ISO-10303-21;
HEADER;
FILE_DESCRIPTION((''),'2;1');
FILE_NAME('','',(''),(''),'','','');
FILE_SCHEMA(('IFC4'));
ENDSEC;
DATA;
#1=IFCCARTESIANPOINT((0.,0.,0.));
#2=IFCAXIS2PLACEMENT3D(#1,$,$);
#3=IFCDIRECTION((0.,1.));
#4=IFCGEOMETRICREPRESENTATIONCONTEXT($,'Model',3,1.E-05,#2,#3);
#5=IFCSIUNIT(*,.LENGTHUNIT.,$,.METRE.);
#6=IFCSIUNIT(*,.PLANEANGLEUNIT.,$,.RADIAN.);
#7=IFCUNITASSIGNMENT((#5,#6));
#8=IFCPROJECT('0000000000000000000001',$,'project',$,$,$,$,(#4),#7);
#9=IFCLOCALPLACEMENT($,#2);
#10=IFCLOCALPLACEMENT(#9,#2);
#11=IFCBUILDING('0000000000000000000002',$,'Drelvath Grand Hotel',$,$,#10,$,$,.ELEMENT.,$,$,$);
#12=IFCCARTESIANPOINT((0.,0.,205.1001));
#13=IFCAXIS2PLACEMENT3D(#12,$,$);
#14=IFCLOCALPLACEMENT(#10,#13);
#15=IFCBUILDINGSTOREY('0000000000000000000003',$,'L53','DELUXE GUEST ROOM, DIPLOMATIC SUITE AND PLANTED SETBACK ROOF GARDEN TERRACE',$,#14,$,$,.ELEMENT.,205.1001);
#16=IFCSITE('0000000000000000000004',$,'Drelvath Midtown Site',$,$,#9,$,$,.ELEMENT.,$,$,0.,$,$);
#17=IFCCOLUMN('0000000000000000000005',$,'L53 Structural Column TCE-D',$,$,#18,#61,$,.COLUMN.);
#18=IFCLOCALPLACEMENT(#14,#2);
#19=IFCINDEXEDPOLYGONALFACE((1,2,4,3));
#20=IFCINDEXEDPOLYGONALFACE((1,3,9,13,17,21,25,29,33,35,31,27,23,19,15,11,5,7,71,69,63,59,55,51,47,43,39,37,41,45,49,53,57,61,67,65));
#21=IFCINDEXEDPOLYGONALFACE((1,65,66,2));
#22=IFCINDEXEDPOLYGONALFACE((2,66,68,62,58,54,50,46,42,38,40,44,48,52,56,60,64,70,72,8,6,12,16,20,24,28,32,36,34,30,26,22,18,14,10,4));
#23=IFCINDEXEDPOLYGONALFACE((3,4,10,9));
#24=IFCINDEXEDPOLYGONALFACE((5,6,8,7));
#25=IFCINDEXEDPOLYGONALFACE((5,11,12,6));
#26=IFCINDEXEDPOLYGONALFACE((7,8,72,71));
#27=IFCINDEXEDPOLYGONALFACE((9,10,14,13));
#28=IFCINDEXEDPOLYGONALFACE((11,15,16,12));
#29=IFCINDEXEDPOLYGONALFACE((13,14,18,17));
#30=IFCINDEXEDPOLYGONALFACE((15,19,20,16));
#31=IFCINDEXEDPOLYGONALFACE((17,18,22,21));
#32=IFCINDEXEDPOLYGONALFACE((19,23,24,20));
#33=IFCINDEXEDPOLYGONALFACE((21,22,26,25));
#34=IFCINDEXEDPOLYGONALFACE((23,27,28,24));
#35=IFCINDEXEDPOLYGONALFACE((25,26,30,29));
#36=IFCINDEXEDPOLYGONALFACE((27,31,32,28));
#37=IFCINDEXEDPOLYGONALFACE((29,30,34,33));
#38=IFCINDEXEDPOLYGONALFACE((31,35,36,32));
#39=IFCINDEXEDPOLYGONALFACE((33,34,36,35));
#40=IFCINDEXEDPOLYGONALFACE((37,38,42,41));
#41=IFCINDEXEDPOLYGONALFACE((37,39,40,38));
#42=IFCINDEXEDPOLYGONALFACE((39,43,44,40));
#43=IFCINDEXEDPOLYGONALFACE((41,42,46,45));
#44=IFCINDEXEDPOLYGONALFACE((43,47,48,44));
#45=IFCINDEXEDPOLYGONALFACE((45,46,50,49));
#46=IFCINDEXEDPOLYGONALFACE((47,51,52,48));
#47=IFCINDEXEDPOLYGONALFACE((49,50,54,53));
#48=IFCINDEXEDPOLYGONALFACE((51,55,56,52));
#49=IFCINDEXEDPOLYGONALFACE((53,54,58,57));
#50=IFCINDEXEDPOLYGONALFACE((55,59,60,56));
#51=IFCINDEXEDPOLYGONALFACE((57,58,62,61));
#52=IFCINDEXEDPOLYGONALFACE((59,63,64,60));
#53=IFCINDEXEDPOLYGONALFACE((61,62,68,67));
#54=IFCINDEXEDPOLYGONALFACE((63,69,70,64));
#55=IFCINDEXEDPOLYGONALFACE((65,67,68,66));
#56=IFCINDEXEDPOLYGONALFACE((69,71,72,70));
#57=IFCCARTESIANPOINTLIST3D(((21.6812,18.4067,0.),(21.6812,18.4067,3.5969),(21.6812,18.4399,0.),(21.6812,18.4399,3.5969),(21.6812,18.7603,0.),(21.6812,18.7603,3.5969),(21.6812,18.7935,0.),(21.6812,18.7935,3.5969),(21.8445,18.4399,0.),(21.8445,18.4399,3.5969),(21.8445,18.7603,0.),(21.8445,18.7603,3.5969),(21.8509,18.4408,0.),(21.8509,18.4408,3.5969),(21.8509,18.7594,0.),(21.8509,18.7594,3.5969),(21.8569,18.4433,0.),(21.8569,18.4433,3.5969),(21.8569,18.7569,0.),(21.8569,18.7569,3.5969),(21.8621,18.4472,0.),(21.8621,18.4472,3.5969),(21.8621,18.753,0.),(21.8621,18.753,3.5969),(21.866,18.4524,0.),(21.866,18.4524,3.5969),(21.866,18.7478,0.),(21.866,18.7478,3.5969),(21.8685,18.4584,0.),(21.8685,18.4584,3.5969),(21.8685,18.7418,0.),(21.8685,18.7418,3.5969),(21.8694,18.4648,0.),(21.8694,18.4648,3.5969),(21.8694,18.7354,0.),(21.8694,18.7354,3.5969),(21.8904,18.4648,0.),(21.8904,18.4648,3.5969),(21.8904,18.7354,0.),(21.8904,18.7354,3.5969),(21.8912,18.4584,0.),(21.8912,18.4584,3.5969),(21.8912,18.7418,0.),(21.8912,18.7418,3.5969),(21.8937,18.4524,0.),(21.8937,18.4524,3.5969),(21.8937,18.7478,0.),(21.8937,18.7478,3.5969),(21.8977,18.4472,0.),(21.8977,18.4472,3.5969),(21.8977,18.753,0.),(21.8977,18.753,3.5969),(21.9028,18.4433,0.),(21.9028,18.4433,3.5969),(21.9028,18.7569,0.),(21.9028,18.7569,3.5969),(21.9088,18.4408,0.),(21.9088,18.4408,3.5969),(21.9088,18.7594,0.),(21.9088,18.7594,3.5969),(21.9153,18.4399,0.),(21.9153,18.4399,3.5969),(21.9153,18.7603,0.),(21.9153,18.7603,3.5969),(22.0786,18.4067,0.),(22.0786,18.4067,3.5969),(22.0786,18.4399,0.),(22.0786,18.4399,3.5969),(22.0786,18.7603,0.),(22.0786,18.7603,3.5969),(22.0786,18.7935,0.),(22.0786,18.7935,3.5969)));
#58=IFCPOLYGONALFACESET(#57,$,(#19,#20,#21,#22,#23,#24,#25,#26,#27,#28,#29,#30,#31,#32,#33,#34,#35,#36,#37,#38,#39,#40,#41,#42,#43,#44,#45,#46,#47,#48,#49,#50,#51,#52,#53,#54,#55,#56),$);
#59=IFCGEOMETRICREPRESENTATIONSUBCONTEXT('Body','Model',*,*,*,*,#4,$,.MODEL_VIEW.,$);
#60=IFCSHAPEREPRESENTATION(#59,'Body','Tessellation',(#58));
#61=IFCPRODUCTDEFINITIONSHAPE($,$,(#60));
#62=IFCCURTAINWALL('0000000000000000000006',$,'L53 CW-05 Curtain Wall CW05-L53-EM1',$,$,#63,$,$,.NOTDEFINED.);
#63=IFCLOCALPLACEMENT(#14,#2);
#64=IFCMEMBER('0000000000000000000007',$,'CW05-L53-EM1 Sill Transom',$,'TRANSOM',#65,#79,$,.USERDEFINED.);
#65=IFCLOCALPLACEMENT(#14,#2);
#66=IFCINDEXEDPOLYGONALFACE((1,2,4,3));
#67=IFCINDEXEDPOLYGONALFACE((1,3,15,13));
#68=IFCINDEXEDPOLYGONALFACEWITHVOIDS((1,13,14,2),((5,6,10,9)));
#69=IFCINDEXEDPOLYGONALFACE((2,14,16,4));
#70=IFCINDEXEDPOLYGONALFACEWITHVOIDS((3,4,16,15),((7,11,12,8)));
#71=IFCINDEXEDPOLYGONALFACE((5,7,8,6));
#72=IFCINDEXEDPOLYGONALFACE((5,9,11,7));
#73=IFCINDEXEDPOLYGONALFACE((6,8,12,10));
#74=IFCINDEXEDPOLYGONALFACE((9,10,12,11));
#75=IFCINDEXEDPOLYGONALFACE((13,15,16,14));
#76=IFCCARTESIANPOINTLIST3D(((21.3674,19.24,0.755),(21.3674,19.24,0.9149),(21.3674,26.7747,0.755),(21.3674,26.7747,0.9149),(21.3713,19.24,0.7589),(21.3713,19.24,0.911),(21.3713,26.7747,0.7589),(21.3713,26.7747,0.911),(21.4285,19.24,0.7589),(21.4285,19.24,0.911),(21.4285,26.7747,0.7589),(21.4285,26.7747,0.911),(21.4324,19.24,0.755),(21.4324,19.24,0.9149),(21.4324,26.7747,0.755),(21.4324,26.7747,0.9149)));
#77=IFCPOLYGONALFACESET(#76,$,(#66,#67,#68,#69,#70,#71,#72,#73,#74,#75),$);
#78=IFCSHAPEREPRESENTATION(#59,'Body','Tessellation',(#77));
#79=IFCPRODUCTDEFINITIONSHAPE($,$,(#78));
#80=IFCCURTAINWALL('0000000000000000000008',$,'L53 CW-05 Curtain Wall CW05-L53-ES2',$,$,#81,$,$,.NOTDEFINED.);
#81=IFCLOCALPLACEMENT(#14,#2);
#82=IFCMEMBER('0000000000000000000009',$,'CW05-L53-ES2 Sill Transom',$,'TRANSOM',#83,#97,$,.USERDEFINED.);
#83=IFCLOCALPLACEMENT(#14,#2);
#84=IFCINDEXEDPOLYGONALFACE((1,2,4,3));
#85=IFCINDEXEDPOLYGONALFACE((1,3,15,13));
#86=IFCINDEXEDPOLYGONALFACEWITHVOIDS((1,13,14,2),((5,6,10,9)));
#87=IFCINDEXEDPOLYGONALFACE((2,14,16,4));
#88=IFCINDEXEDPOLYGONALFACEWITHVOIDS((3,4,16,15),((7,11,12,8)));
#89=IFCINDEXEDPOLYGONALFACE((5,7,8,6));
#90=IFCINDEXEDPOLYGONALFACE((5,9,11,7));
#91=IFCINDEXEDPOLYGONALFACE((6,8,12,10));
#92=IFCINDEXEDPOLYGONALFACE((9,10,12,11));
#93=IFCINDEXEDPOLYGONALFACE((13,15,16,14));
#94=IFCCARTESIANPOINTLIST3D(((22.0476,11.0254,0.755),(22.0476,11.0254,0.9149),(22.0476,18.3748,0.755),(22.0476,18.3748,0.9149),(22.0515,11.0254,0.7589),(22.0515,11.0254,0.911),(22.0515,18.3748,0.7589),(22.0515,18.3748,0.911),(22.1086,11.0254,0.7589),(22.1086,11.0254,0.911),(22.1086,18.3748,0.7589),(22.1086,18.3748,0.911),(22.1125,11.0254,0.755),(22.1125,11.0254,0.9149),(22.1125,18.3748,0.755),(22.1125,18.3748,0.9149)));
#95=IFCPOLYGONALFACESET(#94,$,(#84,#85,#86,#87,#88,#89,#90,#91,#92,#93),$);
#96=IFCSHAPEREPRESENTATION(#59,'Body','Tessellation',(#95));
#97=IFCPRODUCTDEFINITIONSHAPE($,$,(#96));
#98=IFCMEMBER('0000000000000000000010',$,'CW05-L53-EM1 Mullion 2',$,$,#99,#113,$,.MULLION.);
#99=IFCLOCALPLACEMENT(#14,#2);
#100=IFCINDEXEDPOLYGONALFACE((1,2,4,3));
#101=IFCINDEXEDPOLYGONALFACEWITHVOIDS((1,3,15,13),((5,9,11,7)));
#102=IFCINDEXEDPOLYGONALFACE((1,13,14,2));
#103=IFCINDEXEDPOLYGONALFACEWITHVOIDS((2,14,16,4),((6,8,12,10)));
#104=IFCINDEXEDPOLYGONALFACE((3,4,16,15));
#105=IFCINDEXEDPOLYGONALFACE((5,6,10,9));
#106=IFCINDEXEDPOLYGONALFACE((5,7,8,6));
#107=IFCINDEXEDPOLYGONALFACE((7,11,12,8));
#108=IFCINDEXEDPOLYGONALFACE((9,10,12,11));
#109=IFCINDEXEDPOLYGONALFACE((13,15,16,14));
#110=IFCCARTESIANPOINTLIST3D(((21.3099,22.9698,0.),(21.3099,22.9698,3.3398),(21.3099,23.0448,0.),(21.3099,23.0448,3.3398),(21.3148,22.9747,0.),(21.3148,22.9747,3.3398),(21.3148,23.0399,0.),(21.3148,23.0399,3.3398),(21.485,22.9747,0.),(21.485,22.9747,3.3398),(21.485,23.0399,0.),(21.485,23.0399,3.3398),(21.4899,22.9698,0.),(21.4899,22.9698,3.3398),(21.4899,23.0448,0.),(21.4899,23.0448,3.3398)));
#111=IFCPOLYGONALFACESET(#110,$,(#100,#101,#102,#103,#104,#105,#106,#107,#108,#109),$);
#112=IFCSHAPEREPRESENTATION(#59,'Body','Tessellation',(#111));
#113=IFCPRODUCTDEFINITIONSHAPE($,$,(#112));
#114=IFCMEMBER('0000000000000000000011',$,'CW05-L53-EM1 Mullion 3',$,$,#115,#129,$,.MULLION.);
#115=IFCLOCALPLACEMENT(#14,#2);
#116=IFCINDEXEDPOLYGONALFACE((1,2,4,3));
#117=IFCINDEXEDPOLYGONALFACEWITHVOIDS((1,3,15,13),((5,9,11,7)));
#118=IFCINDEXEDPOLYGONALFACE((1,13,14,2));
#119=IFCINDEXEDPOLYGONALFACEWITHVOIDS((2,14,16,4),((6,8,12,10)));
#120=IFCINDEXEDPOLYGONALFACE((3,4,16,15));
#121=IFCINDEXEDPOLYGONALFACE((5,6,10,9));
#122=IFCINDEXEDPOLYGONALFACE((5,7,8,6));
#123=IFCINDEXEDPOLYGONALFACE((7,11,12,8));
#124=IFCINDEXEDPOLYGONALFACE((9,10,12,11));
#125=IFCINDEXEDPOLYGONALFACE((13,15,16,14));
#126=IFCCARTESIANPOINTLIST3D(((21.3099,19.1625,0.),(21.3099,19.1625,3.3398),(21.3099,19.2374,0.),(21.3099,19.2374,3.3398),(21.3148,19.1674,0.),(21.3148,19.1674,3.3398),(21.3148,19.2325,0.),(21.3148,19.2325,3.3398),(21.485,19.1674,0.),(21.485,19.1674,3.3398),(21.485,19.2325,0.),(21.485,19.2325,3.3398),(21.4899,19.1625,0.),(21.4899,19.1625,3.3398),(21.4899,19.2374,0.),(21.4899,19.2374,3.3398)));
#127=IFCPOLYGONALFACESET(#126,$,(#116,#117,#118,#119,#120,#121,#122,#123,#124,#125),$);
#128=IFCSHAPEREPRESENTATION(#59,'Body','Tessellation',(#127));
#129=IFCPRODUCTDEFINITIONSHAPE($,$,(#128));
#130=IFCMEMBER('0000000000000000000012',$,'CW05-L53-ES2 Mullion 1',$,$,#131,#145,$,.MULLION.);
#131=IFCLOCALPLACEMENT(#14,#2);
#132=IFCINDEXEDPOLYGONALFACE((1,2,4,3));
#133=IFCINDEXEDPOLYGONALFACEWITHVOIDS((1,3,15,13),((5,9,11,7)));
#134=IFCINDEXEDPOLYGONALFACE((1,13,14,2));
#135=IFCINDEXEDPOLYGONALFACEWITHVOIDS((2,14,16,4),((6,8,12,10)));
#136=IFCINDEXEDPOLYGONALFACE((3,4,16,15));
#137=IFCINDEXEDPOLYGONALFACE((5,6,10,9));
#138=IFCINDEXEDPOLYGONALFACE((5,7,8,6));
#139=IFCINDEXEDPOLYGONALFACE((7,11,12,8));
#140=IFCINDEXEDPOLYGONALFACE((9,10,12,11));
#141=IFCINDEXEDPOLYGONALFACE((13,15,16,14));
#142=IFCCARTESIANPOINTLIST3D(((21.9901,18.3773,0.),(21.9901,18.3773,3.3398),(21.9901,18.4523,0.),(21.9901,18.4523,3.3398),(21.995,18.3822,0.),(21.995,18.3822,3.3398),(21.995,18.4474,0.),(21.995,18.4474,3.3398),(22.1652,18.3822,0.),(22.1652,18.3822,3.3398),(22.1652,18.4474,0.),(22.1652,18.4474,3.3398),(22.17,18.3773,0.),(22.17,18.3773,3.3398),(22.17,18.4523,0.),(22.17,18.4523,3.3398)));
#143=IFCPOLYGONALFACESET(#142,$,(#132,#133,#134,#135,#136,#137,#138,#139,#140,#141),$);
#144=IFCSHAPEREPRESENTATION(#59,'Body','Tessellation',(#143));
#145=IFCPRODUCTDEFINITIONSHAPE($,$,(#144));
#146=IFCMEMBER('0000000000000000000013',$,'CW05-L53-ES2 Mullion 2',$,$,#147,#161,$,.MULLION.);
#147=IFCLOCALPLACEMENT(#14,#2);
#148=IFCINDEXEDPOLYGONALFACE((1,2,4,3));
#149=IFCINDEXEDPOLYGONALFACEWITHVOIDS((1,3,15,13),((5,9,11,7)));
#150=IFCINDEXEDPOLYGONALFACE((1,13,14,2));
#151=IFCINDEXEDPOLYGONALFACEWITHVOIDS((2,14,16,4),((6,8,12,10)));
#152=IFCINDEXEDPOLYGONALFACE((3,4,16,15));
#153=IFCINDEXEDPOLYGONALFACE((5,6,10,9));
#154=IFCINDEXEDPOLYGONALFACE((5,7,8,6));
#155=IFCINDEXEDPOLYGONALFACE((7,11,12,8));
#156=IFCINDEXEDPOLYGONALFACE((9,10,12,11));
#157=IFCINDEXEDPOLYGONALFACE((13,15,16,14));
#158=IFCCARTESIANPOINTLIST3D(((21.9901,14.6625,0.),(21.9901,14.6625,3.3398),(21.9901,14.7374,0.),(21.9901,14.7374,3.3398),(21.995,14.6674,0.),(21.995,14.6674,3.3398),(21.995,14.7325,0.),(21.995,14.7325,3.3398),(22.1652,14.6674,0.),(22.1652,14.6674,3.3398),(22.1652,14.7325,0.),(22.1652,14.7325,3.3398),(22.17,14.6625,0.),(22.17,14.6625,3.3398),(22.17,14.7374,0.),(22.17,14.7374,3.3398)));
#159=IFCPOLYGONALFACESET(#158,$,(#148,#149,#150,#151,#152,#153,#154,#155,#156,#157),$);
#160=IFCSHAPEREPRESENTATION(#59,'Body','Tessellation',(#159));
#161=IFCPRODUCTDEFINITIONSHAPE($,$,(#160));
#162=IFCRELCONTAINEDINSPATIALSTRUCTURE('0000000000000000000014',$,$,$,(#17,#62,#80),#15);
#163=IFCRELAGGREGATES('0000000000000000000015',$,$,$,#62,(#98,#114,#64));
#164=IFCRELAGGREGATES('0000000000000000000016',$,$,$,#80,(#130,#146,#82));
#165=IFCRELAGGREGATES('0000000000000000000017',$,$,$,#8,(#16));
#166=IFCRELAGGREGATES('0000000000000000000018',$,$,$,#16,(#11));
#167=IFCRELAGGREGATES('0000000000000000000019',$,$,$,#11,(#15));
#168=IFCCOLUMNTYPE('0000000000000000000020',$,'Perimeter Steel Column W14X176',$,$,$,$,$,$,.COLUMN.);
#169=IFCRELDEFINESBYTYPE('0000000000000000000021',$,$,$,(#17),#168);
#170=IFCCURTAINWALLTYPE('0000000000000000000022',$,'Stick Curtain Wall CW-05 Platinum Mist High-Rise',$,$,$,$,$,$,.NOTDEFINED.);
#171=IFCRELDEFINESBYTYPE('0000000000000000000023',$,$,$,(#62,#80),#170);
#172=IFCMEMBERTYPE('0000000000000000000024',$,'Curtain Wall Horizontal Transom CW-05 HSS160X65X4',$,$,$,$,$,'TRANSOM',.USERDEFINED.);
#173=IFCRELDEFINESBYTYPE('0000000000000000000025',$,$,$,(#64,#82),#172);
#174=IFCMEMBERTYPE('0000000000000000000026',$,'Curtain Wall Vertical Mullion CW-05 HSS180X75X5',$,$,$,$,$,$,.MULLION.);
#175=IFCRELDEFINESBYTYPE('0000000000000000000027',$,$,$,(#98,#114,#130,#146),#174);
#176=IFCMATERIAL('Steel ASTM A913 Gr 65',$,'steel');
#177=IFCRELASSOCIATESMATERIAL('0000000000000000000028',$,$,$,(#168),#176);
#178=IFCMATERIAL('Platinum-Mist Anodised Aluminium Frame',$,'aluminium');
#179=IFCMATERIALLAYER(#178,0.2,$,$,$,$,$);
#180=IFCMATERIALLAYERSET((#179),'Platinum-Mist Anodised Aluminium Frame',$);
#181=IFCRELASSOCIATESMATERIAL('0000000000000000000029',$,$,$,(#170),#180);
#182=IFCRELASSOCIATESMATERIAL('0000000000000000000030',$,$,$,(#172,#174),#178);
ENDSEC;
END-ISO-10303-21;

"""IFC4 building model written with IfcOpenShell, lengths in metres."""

from ifc_helpers import new_model, si_unit, direction, frame, origin, origin_2d, place, context, subcontext, project, spatial, hollow_rectangle, i_section, extrude, material, layer, layer_set, material_profile, profile_set, type_object, element, aggregate, save


model = new_model("IFC4")

# Units and contexts
model_context = context("Model", 3, precision=1e-05, world=origin(), true_north=direction((0.0, 1.0)))
body_context = subcontext(model_context, "Body", "Model", "MODEL_VIEW")
ifc_project = project(units=[si_unit("LENGTHUNIT", "METRE"), si_unit("PLANEANGLEUNIT", "RADIAN")], contexts=[model_context])

# Site, building, storey
site_placement = place(None, origin())
site = spatial("IfcSite", under=ifc_project, at=site_placement, Name="Drelvath Midtown Site", CompositionType="ELEMENT", RefElevation=0.0)
building_placement = place(site_placement, origin())
building = spatial("IfcBuilding", under=site, at=building_placement, Name="Drelvath Grand Hotel", CompositionType="ELEMENT")
storey_placement = place(building_placement, frame((0.0, 0.0, 205.1001)))
storey = spatial("IfcBuildingStorey", under=building, at=storey_placement, Name="L53", Description="DELUXE GUEST ROOM, DIPLOMATIC SUITE AND PLANTED SETBACK ROOF GARDEN TERRACE", CompositionType="ELEMENT", Elevation=205.1001)

# Column
ifc_material_1 = material(Name="Steel ASTM A913 Gr 65", Category="steel")
ifc_material_profile_1 = material_profile(ifc_material_1, i_section(OverallWidth=0.3975, OverallDepth=0.3867, WebThickness=0.021, FlangeThickness=0.0332, FilletRadius=0.0249, at=origin_2d()), Name="W14X176")
ifc_profile_set_1 = profile_set([ifc_material_profile_1], Name="Steel ASTM A913 Gr 65")
column_type = type_object("IfcColumnType", Name="Perimeter Steel Column W14X176", PredefinedType="COLUMN", material=ifc_profile_set_1)
column_placement = place(storey_placement, frame((21.8799, 18.6001, 0.0), z_axis=(0.0, 0.0, 1.0), x_axis=(1.0, 0.0, 0.0)))
element("IfcColumn", 1, at=column_placement, inside=storey, type_object=column_type, Name="L53 Structural Column TCE-D", PredefinedType="COLUMN", context=body_context, shape_type="SweptSolid", body=[
    extrude(i_section(OverallWidth=0.3975, OverallDepth=0.3867, WebThickness=0.021, FlangeThickness=0.0332, FilletRadius=0.0249, at=origin_2d()), origin(), (0.0, 0.0, 1.0), 3.5969),
])

# Curtain walls, members
ifc_material_2 = material(Name="Platinum-Mist Anodised Aluminium Frame", Category="aluminium")
ifc_layer_1 = layer(ifc_material_2, 0.2)
ifc_layer_set_1 = layer_set([ifc_layer_1], Name="Platinum-Mist Anodised Aluminium Frame")
curtain_wall_type = type_object("IfcCurtainWallType", Name="Stick Curtain Wall CW-05 Platinum Mist High-Rise", PredefinedType="NOTDEFINED", material=ifc_layer_set_1)
curtain_wall_1_placement = place(storey_placement, origin())
curtain_wall_1 = element("IfcCurtainWall", 2, at=curtain_wall_1_placement, inside=storey, type_object=curtain_wall_type, Name="L53 CW-05 Curtain Wall CW05-L53-EM1", PredefinedType="NOTDEFINED")
ifc_material_profile_2 = material_profile(ifc_material_2, hollow_rectangle(XDim=0.0649, YDim=0.1599, WallThickness=0.0039, at=origin_2d()), Name="HSS160X65X4")
ifc_profile_set_2 = profile_set([ifc_material_profile_2], Name="Platinum-Mist Anodised Aluminium Frame")
member_type_1 = type_object("IfcMemberType", Name="Curtain Wall Horizontal Transom CW-05 HSS160X65X4", ElementType="TRANSOM", PredefinedType="USERDEFINED", material=ifc_profile_set_2)
member_1_placement = place(storey_placement, frame((21.3999, 26.7747, 0.835), z_axis=(0.0, -1.0, 0.0), x_axis=(1.0, 0.0, 0.0)))
member_1 = element("IfcMember", 3, at=member_1_placement, type_object=member_type_1, Name="CW05-L53-EM1 Sill Transom", ObjectType="TRANSOM", PredefinedType="USERDEFINED", context=body_context, shape_type="SweptSolid", body=[
    extrude(hollow_rectangle(XDim=0.0649, YDim=0.1599, WallThickness=0.0039, at=origin_2d()), origin(), (0.0, 0.0, 1.0), 7.5347),
])
curtain_wall_2_placement = place(storey_placement, origin())
curtain_wall_2 = element("IfcCurtainWall", 4, at=curtain_wall_2_placement, inside=storey, type_object=curtain_wall_type, Name="L53 CW-05 Curtain Wall CW05-L53-ES2", PredefinedType="NOTDEFINED")
member_2_placement = place(storey_placement, frame((22.0801, 18.3748, 0.835), z_axis=(0.0, -1.0, 0.0), x_axis=(1.0, 0.0, 0.0)))
member_2 = element("IfcMember", 5, at=member_2_placement, type_object=member_type_1, Name="CW05-L53-ES2 Sill Transom", ObjectType="TRANSOM", PredefinedType="USERDEFINED", context=body_context, shape_type="SweptSolid", body=[
    extrude(hollow_rectangle(XDim=0.0649, YDim=0.1599, WallThickness=0.0039, at=origin_2d()), origin(), (0.0, 0.0, 1.0), 7.3494),
])

# Members
ifc_material_profile_3 = material_profile(ifc_material_2, hollow_rectangle(XDim=0.075, YDim=0.1799, WallThickness=0.0049, at=origin_2d()), Name="HSS180X75X5")
ifc_profile_set_3 = profile_set([ifc_material_profile_3], Name="Platinum-Mist Anodised Aluminium Frame")
member_type_2 = type_object("IfcMemberType", Name="Curtain Wall Vertical Mullion CW-05 HSS180X75X5", PredefinedType="MULLION", material=ifc_profile_set_3)
member_3_placement = place(storey_placement, frame((21.3999, 23.0073, 0.0), z_axis=(0.0, 0.0, 1.0), x_axis=(0.0, 1.0, 0.0)))
member_3 = element("IfcMember", 6, at=member_3_placement, type_object=member_type_2, Name="CW05-L53-EM1 Mullion 2", PredefinedType="MULLION", context=body_context, shape_type="SweptSolid", body=[
    extrude(hollow_rectangle(XDim=0.075, YDim=0.1799, WallThickness=0.0049, at=origin_2d()), origin(), (0.0, 0.0, 1.0), 3.3398),
])
member_4_placement = place(storey_placement, frame((21.3999, 19.2, 0.0), z_axis=(0.0, 0.0, 1.0), x_axis=(0.0, 1.0, 0.0)))
member_4 = element("IfcMember", 7, at=member_4_placement, type_object=member_type_2, Name="CW05-L53-EM1 Mullion 3", PredefinedType="MULLION", context=body_context, shape_type="SweptSolid", body=[
    extrude(hollow_rectangle(XDim=0.075, YDim=0.1799, WallThickness=0.0049, at=origin_2d()), origin(), (0.0, 0.0, 1.0), 3.3398),
])
member_5_placement = place(storey_placement, frame((22.0801, 18.4148, 0.0), z_axis=(0.0, 0.0, 1.0), x_axis=(0.0, 1.0, 0.0)))
member_5 = element("IfcMember", 8, at=member_5_placement, type_object=member_type_2, Name="CW05-L53-ES2 Mullion 1", PredefinedType="MULLION", context=body_context, shape_type="SweptSolid", body=[
    extrude(hollow_rectangle(XDim=0.075, YDim=0.1799, WallThickness=0.0049, at=origin_2d()), origin(), (0.0, 0.0, 1.0), 3.3398),
])
member_6_placement = place(storey_placement, frame((22.0801, 14.7, 0.0), z_axis=(0.0, 0.0, 1.0), x_axis=(0.0, 1.0, 0.0)))
member_6 = element("IfcMember", 9, at=member_6_placement, type_object=member_type_2, Name="CW05-L53-ES2 Mullion 2", PredefinedType="MULLION", context=body_context, shape_type="SweptSolid", body=[
    extrude(hollow_rectangle(XDim=0.075, YDim=0.1799, WallThickness=0.0049, at=origin_2d()), origin(), (0.0, 0.0, 1.0), 3.3398),
])

aggregate(curtain_wall_1, [member_3, member_4, member_1])
aggregate(curtain_wall_2, [member_5, member_6, member_2])

save(model, "model.ifc")
